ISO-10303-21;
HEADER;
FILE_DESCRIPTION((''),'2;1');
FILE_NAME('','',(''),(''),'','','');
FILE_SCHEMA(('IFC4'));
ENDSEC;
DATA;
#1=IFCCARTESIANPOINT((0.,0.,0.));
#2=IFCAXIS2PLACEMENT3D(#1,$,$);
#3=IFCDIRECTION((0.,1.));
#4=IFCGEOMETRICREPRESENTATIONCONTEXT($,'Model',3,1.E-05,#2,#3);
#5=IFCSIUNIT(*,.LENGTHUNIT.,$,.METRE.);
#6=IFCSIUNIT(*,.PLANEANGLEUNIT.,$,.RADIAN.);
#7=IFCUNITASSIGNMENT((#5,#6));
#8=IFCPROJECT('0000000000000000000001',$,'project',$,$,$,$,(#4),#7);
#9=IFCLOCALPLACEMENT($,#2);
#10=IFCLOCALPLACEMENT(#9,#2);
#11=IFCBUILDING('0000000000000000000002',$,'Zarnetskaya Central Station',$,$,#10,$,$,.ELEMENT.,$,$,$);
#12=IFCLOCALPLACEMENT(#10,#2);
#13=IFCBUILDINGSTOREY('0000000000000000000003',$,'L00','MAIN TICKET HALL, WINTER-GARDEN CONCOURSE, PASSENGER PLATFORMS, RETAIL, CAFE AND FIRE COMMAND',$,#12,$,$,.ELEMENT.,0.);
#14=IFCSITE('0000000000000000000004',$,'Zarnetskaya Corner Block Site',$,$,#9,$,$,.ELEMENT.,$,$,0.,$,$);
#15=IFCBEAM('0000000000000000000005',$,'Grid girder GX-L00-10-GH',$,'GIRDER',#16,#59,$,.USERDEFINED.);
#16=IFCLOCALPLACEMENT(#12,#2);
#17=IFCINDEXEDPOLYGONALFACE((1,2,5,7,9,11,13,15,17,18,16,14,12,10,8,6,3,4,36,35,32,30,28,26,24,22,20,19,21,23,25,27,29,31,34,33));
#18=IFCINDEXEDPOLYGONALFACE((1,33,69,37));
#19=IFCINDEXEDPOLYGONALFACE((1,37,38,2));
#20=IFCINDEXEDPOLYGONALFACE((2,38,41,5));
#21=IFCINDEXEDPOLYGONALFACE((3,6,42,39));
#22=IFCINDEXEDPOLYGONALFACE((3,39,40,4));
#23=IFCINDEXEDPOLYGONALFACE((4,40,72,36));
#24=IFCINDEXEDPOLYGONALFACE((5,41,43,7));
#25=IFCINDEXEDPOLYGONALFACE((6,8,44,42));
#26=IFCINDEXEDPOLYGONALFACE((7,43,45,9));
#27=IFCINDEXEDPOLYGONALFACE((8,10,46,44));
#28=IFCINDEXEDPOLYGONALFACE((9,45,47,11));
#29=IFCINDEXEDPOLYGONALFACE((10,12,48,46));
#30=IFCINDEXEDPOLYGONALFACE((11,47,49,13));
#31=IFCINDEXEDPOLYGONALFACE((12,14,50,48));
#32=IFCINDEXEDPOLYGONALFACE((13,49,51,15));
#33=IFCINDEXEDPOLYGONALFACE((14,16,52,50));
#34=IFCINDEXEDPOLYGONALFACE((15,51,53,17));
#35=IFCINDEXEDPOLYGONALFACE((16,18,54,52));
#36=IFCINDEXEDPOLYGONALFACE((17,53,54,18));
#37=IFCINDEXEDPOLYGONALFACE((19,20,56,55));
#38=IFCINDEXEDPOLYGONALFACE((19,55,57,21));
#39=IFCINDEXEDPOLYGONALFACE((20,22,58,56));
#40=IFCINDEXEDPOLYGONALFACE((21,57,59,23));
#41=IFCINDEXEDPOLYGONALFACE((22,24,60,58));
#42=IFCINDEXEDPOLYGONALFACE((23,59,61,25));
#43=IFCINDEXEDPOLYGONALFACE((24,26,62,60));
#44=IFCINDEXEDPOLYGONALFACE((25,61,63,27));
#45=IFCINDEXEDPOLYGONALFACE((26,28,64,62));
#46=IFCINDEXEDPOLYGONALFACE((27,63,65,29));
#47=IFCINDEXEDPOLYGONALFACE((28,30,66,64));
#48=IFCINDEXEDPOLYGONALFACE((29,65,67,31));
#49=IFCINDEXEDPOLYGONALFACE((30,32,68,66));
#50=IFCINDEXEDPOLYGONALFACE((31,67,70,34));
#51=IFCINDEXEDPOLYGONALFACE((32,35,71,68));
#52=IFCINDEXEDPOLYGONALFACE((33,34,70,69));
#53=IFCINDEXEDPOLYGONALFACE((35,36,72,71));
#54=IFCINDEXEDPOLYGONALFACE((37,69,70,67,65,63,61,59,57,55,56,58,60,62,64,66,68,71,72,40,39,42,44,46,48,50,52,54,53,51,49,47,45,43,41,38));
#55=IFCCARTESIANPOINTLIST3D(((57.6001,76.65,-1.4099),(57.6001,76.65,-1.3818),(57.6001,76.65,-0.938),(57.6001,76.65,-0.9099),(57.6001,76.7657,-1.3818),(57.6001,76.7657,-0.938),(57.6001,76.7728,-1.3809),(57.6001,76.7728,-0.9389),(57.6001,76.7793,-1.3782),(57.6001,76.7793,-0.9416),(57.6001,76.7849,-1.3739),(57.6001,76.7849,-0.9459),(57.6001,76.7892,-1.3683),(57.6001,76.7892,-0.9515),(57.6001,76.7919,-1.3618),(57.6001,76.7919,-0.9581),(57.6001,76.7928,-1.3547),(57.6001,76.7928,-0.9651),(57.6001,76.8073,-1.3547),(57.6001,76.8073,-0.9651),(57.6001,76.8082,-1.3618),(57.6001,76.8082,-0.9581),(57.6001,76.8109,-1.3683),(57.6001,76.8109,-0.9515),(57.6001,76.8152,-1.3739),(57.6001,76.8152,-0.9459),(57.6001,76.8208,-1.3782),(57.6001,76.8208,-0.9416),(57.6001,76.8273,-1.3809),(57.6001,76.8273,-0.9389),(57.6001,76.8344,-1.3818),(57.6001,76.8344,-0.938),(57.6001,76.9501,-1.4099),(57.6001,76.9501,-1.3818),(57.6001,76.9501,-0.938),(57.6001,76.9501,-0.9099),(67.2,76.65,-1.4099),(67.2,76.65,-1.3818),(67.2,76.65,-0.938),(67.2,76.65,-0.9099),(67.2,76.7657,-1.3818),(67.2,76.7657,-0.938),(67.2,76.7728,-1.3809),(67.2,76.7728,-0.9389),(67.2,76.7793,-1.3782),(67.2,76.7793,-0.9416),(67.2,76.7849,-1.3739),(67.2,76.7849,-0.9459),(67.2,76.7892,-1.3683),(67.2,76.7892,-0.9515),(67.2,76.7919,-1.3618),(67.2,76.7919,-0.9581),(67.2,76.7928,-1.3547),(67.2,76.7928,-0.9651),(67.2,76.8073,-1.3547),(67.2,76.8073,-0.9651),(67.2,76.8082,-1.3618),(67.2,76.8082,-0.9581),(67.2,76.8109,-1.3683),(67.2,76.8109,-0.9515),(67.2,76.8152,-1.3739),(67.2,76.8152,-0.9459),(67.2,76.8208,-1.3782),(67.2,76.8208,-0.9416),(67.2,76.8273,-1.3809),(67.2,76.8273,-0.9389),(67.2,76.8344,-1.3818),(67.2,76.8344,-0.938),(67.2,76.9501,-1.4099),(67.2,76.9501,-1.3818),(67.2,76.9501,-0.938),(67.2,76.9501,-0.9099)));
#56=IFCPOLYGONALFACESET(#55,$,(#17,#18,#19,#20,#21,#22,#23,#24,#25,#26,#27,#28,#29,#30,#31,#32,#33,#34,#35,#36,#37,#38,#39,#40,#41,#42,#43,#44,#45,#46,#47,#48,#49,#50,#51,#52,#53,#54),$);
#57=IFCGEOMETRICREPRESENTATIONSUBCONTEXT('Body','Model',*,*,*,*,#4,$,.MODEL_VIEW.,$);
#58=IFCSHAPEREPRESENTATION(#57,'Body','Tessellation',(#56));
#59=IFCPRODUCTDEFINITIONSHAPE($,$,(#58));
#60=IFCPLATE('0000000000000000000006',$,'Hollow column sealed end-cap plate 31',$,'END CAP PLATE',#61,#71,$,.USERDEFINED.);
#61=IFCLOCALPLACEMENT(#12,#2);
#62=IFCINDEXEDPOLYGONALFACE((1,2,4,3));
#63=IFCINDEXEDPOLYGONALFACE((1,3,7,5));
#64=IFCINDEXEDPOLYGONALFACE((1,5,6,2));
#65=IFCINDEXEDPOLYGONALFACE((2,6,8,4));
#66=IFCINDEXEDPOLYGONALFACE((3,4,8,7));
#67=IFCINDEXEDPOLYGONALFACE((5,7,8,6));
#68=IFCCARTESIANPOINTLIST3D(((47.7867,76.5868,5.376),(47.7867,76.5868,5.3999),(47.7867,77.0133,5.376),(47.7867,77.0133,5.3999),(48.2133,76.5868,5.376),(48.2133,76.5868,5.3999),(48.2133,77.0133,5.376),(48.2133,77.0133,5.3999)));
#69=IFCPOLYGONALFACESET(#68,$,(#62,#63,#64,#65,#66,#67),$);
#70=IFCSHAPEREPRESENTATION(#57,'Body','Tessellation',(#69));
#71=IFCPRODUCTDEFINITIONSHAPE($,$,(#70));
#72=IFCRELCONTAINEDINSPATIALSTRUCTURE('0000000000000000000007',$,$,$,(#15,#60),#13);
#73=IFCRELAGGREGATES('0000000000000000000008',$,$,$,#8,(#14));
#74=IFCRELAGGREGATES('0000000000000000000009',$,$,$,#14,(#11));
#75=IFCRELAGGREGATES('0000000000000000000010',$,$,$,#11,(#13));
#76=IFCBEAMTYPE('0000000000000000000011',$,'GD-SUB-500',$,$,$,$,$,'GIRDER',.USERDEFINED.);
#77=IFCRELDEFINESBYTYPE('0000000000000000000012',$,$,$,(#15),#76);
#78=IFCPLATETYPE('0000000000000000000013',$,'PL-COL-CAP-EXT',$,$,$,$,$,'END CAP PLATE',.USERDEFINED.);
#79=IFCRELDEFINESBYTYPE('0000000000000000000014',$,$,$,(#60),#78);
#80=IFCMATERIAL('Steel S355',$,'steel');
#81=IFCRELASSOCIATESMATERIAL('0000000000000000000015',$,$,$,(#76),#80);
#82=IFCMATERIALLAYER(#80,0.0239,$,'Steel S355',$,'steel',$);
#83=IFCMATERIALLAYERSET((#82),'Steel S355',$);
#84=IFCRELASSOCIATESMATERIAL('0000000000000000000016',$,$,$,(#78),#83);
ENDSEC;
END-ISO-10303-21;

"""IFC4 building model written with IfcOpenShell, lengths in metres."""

from ifc_helpers import new_model, si_unit, direction, frame, origin, origin_2d, place, context, subcontext, project, spatial, rectangle, i_section, extrude, material, layer, layer_set, material_profile, profile_set, type_object, element, save


model = new_model("IFC4")

# Units and contexts
model_context = context("Model", 3, precision=1e-05, world=origin(), true_north=direction((0.0, 1.0)))
body_context = subcontext(model_context, "Body", "Model", "MODEL_VIEW")
ifc_project = project(units=[si_unit("LENGTHUNIT", "METRE"), si_unit("PLANEANGLEUNIT", "RADIAN")], contexts=[model_context])

# Site, building, storey
site_placement = place(None, origin())
site = spatial("IfcSite", under=ifc_project, at=site_placement, Name="Zarnetskaya Corner Block Site", CompositionType="ELEMENT", RefElevation=0.0)
building_placement = place(site_placement, origin())
building = spatial("IfcBuilding", under=site, at=building_placement, Name="Zarnetskaya Central Station", CompositionType="ELEMENT")
storey_placement = place(building_placement, origin())
storey = spatial("IfcBuildingStorey", under=building, at=storey_placement, Name="L00", Description="MAIN TICKET HALL, WINTER-GARDEN CONCOURSE, PASSENGER PLATFORMS, RETAIL, CAFE AND FIRE COMMAND", CompositionType="ELEMENT", Elevation=0.0)

# Shared definitions
ifc_material = material(Name="Steel S355", Category="steel")

# Beam
ifc_material_profile_1 = material_profile(ifc_material, i_section(OverallWidth=0.3, OverallDepth=0.5, WebThickness=0.0144, FlangeThickness=0.0281, FilletRadius=0.0271, at=origin_2d()), Name="HEB 500")
ifc_profile_set_1 = profile_set([ifc_material_profile_1], Name="Steel S355")
beam_type_1 = type_object("IfcBeamType", Name="GD-SUB-500", ElementType="GIRDER", PredefinedType="USERDEFINED", material=ifc_profile_set_1)
beam_1_placement = place(storey_placement, frame((57.6001, 76.8, -1.1599), z_axis=(1.0, 0.0, 0.0), x_axis=(0.0, 1.0, 0.0)))
element("IfcBeam", 1, at=beam_1_placement, inside=storey, type_object=beam_type_1, Name="Grid girder GX-L00-10-GH", ObjectType="GIRDER", PredefinedType="USERDEFINED", context=body_context, shape_type="SweptSolid", body=[
    extrude(i_section(OverallWidth=0.3, OverallDepth=0.5, WebThickness=0.0144, FlangeThickness=0.0281, FilletRadius=0.0271, at=origin_2d()), origin(), (0.0, 0.0, 1.0), 9.5999),
])

# Plate
ifc_layer = layer(ifc_material, 0.0239, Name="Steel S355", Category="steel")
ifc_layer_set = layer_set([ifc_layer], Name="Steel S355")
plate_type = type_object("IfcPlateType", Name="PL-COL-CAP-EXT", ElementType="END CAP PLATE", PredefinedType="USERDEFINED", material=ifc_layer_set)
plate_placement = place(storey_placement, frame((48.0, 76.8, 5.376), z_axis=(0.0, 0.0, 1.0), x_axis=(1.0, 0.0, 0.0)))
element("IfcPlate", 2, at=plate_placement, inside=storey, type_object=plate_type, Name="Hollow column sealed end-cap plate 31", ObjectType="END CAP PLATE", PredefinedType="USERDEFINED", context=body_context, shape_type="SweptSolid", body=[
    extrude(rectangle(XDim=0.4265, YDim=0.4265, at=origin_2d()), origin(), (0.0, 0.0, 1.0), 0.0239),
])

save(model, "model.ifc")
